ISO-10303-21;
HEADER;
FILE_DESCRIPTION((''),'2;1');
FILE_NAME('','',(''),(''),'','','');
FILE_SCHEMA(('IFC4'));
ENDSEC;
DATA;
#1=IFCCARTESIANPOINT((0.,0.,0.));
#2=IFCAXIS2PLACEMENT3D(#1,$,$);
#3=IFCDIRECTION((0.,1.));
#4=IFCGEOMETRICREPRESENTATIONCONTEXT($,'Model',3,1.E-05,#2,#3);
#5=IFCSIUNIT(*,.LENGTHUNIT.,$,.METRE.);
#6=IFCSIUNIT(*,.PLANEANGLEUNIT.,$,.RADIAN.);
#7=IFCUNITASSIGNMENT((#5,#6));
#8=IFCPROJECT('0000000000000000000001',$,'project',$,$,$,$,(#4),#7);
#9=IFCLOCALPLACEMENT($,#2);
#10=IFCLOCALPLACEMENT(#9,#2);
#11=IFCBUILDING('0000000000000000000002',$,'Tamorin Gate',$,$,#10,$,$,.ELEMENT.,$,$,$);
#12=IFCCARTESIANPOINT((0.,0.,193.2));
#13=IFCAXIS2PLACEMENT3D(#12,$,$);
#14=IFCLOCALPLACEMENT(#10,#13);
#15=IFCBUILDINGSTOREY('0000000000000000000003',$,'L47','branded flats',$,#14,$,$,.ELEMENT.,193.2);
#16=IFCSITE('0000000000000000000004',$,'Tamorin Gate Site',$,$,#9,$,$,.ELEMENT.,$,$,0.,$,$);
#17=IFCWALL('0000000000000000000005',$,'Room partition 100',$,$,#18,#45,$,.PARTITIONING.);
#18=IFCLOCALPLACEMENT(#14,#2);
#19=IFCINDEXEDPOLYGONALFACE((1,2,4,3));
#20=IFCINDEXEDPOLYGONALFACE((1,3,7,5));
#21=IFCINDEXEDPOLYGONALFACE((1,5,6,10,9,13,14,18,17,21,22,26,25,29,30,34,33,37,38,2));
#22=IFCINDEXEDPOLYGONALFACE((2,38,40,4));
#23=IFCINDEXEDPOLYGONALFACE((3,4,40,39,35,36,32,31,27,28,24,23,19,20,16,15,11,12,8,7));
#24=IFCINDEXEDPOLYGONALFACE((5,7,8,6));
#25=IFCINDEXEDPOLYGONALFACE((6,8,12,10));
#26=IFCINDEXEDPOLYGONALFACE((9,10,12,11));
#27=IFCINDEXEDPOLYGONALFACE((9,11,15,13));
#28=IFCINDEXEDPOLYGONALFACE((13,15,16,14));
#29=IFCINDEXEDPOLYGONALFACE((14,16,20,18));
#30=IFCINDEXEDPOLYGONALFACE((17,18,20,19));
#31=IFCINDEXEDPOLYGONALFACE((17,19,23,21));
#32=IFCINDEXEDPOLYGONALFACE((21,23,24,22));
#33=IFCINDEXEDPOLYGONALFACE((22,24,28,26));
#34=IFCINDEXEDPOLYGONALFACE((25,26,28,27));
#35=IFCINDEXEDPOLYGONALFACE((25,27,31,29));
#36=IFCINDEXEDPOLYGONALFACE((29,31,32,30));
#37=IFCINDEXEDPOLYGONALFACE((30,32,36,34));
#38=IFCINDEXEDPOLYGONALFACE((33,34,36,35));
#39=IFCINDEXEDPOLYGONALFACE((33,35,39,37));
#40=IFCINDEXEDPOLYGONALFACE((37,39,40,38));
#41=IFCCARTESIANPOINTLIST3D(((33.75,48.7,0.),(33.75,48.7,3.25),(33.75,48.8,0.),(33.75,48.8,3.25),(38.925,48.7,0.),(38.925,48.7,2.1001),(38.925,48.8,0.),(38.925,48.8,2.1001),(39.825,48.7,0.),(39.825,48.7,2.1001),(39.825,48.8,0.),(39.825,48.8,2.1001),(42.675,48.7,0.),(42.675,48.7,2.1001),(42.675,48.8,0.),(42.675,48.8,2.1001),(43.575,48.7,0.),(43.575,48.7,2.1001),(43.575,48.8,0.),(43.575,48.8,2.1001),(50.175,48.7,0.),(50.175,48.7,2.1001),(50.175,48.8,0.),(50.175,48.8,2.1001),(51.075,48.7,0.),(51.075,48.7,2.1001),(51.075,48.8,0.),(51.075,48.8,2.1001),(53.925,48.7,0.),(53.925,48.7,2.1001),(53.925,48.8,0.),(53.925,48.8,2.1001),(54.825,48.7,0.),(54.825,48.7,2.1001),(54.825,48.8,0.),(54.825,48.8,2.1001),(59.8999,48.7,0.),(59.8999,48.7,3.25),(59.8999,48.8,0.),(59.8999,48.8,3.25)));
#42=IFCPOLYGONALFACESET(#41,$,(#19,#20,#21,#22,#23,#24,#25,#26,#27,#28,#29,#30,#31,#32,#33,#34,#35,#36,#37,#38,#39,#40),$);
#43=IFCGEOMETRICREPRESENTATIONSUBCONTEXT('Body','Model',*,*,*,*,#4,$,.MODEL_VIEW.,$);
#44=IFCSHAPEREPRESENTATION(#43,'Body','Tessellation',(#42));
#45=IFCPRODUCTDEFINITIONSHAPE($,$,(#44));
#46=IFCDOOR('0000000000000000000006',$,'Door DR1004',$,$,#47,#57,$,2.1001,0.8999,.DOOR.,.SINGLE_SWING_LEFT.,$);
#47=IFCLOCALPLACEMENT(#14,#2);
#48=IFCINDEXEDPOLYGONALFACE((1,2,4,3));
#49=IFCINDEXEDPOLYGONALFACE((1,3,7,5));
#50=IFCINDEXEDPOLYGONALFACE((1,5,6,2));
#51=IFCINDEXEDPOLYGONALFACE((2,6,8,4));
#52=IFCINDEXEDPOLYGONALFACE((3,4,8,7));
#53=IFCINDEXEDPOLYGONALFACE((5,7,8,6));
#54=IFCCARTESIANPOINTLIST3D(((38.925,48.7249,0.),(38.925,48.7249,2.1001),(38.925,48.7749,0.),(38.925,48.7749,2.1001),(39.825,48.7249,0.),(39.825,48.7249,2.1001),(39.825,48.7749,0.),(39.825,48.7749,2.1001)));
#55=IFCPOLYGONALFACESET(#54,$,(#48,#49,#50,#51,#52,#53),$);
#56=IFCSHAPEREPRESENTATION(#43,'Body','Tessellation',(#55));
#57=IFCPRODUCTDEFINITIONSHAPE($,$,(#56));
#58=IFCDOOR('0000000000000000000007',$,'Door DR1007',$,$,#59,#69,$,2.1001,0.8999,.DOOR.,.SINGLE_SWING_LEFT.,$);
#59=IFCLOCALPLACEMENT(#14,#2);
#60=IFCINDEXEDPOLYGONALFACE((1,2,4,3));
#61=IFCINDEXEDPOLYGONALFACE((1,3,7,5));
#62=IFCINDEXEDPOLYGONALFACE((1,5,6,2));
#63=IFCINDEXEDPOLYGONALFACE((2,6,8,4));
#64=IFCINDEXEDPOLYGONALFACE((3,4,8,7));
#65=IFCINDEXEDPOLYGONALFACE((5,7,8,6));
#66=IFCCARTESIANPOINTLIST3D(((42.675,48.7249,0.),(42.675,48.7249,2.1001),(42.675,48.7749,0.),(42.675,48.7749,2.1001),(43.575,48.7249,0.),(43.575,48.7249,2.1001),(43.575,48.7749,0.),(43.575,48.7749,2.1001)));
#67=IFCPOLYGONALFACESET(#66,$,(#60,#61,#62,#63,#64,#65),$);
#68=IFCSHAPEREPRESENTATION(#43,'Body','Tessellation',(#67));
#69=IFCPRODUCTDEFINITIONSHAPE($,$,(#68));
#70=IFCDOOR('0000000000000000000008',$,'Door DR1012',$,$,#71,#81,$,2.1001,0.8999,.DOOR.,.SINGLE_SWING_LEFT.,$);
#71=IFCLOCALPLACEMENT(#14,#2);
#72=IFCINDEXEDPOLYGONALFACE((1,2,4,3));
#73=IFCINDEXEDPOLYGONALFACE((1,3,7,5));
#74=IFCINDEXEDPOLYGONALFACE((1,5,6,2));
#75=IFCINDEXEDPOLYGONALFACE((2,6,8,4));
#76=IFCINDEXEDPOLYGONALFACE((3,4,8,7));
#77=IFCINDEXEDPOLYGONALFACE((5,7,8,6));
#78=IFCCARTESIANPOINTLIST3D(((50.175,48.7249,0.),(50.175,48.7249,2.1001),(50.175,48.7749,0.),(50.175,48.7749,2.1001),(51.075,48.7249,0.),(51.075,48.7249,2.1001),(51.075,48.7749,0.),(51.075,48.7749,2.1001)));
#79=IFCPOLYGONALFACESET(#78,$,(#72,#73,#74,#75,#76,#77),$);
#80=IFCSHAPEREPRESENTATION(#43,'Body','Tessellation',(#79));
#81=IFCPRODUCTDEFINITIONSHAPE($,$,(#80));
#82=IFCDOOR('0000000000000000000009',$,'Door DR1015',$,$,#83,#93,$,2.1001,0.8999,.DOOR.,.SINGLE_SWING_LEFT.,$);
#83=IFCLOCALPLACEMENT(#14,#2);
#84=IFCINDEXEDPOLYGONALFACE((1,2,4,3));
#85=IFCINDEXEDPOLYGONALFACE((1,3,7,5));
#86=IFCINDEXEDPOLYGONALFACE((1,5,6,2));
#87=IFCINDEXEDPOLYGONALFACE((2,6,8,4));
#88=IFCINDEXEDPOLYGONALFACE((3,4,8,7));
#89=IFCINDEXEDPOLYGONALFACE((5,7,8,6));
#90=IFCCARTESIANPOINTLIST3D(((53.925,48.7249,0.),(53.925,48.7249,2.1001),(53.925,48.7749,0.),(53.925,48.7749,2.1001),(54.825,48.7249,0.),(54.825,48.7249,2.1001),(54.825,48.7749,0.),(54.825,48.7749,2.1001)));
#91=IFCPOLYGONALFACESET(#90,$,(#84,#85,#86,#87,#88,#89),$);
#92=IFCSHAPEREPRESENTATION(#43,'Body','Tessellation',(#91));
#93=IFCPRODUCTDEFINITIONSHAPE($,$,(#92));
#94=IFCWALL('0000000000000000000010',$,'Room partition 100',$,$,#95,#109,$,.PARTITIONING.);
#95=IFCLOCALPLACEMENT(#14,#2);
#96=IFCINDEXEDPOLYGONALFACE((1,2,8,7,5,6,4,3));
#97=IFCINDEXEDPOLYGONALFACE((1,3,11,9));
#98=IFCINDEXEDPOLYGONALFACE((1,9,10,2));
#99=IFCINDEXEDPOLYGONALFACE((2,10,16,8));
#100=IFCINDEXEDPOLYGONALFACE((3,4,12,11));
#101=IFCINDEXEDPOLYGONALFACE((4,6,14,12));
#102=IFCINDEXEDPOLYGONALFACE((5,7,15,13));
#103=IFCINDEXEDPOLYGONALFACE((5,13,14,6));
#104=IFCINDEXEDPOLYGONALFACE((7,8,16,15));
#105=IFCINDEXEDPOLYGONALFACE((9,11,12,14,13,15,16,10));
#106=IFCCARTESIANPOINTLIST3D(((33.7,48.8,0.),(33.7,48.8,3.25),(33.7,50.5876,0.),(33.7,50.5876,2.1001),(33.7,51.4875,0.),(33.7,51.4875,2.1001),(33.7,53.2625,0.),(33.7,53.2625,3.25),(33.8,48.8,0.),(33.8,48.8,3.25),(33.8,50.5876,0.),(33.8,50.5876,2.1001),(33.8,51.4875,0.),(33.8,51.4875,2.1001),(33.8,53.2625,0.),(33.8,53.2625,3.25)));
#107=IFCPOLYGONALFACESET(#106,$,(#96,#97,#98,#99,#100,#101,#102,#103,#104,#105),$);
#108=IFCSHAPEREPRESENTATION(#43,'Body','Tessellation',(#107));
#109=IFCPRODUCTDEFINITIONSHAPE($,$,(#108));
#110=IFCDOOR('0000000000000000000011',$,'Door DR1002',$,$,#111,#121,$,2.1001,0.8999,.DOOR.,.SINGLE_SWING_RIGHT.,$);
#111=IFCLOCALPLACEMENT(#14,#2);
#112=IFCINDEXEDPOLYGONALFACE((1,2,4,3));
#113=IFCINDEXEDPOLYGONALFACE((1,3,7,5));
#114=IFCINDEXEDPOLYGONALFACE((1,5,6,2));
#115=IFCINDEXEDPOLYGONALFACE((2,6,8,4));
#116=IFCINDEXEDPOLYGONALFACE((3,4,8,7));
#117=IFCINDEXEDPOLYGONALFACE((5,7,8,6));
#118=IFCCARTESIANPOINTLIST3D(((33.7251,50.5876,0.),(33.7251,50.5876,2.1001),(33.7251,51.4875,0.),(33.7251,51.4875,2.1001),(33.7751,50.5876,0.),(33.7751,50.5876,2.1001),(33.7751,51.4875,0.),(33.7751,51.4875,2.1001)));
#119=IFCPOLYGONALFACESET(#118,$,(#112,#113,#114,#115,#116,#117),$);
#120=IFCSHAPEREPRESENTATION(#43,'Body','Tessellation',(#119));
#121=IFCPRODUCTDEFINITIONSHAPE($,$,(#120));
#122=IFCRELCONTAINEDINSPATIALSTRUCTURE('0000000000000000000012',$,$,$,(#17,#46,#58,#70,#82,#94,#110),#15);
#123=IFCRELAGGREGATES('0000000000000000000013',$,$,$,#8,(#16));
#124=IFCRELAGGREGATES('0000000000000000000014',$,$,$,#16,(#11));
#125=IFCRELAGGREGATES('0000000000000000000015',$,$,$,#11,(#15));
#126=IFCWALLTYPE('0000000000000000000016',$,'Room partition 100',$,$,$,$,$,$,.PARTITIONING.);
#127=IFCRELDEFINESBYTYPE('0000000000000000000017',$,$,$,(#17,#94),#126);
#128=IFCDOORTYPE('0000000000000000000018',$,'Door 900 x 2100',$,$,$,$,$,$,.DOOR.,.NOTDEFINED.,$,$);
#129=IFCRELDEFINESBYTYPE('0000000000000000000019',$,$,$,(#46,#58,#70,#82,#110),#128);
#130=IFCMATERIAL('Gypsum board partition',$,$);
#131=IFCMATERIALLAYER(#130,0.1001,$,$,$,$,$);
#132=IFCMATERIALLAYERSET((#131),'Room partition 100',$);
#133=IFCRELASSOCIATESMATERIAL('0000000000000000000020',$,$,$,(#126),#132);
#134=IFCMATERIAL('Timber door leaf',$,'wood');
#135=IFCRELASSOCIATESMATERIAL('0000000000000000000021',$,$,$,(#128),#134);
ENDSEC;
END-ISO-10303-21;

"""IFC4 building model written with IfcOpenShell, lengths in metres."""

from ifc_helpers import new_model, si_unit, direction, frame, frame_2d, origin, place, context, subcontext, project, spatial, rectangle, extrude, material, layer, layer_set, type_object, element, fill, save


model = new_model("IFC4")

# Units and contexts
model_context = context("Model", 3, precision=1e-05, world=origin(), true_north=direction((0.0, 1.0)))
body_context = subcontext(model_context, "Body", "Model", "MODEL_VIEW")
ifc_project = project(units=[si_unit("LENGTHUNIT", "METRE"), si_unit("PLANEANGLEUNIT", "RADIAN")], contexts=[model_context])

# Site, building, storey
site_placement = place(None, origin())
site = spatial("IfcSite", under=ifc_project, at=site_placement, Name="Tamorin Gate Site", CompositionType="ELEMENT", RefElevation=0.0)
building_placement = place(site_placement, origin())
building = spatial("IfcBuilding", under=site, at=building_placement, Name="Tamorin Gate", CompositionType="ELEMENT")
storey_placement = place(building_placement, frame((0.0, 0.0, 193.2)))
storey = spatial("IfcBuildingStorey", under=building, at=storey_placement, Name="L47", Description="branded flats", CompositionType="ELEMENT", Elevation=193.2)

# Wall, openings, doors
ifc_material_1 = material(Name="Gypsum board partition")
ifc_layer_1 = layer(ifc_material_1, 0.1001)
ifc_layer_set_1 = layer_set([ifc_layer_1], Name="Room partition 100")
wall_type_1 = type_object("IfcWallType", Name="Room partition 100", PredefinedType="PARTITIONING", material=ifc_layer_set_1)
wall_1_placement = place(storey_placement, frame((33.75, 48.75, 0.0), z_axis=(0.0, 0.0, 1.0), x_axis=(1.0, 0.0, 0.0)))
wall_1 = element("IfcWall", 1, at=wall_1_placement, inside=storey, type_object=wall_type_1, Name="Room partition 100", PredefinedType="PARTITIONING", context=body_context, shape_type="SweptSolid", body=[
    extrude(rectangle(XDim=26.1499, YDim=0.1001, at=frame_2d((13.075, 0.0))), origin(), (0.0, 0.0, 1.0), 3.25),
])
opening_1_placement = place(wall_1_placement, frame((5.175, 0.0, 0.0)))
opening_1 = element("IfcOpeningElement", 2, at=opening_1_placement, cuts=wall_1, PredefinedType="OPENING", context=body_context, shape_type="SweptSolid", body=[
    extrude(rectangle(XDim=0.8999, YDim=2.1001, at=frame_2d((0.45, 1.05))), frame((0.0, 0.0601, 0.0), z_axis=(0.0, -1.0, 0.0), x_axis=(1.0, 0.0, 0.0)), (0.0, 0.0, 1.0), 0.1201),
])
opening_2_placement = place(wall_1_placement, frame((8.925, 0.0, 0.0)))
opening_2 = element("IfcOpeningElement", 3, at=opening_2_placement, cuts=wall_1, PredefinedType="OPENING", context=body_context, shape_type="SweptSolid", body=[
    extrude(rectangle(XDim=0.8999, YDim=2.1001, at=frame_2d((0.45, 1.05))), frame((0.0, 0.0601, 0.0), z_axis=(0.0, -1.0, 0.0), x_axis=(1.0, 0.0, 0.0)), (0.0, 0.0, 1.0), 0.1201),
])
opening_3_placement = place(wall_1_placement, frame((16.425, 0.0, 0.0)))
opening_3 = element("IfcOpeningElement", 4, at=opening_3_placement, cuts=wall_1, PredefinedType="OPENING", context=body_context, shape_type="SweptSolid", body=[
    extrude(rectangle(XDim=0.8999, YDim=2.1001, at=frame_2d((0.45, 1.05))), frame((0.0, 0.0601, 0.0), z_axis=(0.0, -1.0, 0.0), x_axis=(1.0, 0.0, 0.0)), (0.0, 0.0, 1.0), 0.1201),
])
opening_4_placement = place(wall_1_placement, frame((20.175, 0.0, 0.0)))
opening_4 = element("IfcOpeningElement", 5, at=opening_4_placement, cuts=wall_1, PredefinedType="OPENING", context=body_context, shape_type="SweptSolid", body=[
    extrude(rectangle(XDim=0.8999, YDim=2.1001, at=frame_2d((0.45, 1.05))), frame((0.0, 0.0601, 0.0), z_axis=(0.0, -1.0, 0.0), x_axis=(1.0, 0.0, 0.0)), (0.0, 0.0, 1.0), 0.1201),
])
ifc_material_2 = material(Name="Timber door leaf", Category="wood")
door_type = type_object("IfcDoorType", Name="Door 900 x 2100", OperationType="NOTDEFINED", PredefinedType="DOOR", material=ifc_material_2)
door_1_placement = place(opening_1_placement, origin())
door_1 = element("IfcDoor", 6, at=door_1_placement, inside=storey, type_object=door_type, Name="Door DR1004", OperationType="SINGLE_SWING_LEFT", OverallHeight=2.1001, OverallWidth=0.8999, PredefinedType="DOOR", context=body_context, shape_type="SweptSolid", body=[
    extrude(rectangle(XDim=0.8999, YDim=2.1001, at=frame_2d((0.45, 1.05))), frame((0.0, 0.0249, 0.0), z_axis=(0.0, -1.0, 0.0), x_axis=(1.0, 0.0, 0.0)), (0.0, 0.0, 1.0), 0.05),
])
fill(opening_1, door_1)
door_2_placement = place(opening_2_placement, origin())
door_2 = element("IfcDoor", 7, at=door_2_placement, inside=storey, type_object=door_type, Name="Door DR1007", OperationType="SINGLE_SWING_LEFT", OverallHeight=2.1001, OverallWidth=0.8999, PredefinedType="DOOR", context=body_context, shape_type="SweptSolid", body=[
    extrude(rectangle(XDim=0.8999, YDim=2.1001, at=frame_2d((0.45, 1.05))), frame((0.0, 0.0249, 0.0), z_axis=(0.0, -1.0, 0.0), x_axis=(1.0, 0.0, 0.0)), (0.0, 0.0, 1.0), 0.05),
])
fill(opening_2, door_2)
door_3_placement = place(opening_3_placement, origin())
door_3 = element("IfcDoor", 8, at=door_3_placement, inside=storey, type_object=door_type, Name="Door DR1012", OperationType="SINGLE_SWING_LEFT", OverallHeight=2.1001, OverallWidth=0.8999, PredefinedType="DOOR", context=body_context, shape_type="SweptSolid", body=[
    extrude(rectangle(XDim=0.8999, YDim=2.1001, at=frame_2d((0.45, 1.05))), frame((0.0, 0.0249, 0.0), z_axis=(0.0, -1.0, 0.0), x_axis=(1.0, 0.0, 0.0)), (0.0, 0.0, 1.0), 0.05),
])
fill(opening_3, door_3)
door_4_placement = place(opening_4_placement, origin())
door_4 = element("IfcDoor", 9, at=door_4_placement, inside=storey, type_object=door_type, Name="Door DR1015", OperationType="SINGLE_SWING_LEFT", OverallHeight=2.1001, OverallWidth=0.8999, PredefinedType="DOOR", context=body_context, shape_type="SweptSolid", body=[
    extrude(rectangle(XDim=0.8999, YDim=2.1001, at=frame_2d((0.45, 1.05))), frame((0.0, 0.0249, 0.0), z_axis=(0.0, -1.0, 0.0), x_axis=(1.0, 0.0, 0.0)), (0.0, 0.0, 1.0), 0.05),
])
fill(opening_4, door_4)

# Wall, opening, door
wall_2_placement = place(storey_placement, frame((33.75, 48.8, 0.0), z_axis=(0.0, 0.0, 1.0), x_axis=(0.0, 1.0, 0.0)))
wall_2 = element("IfcWall", 10, at=wall_2_placement, inside=storey, type_object=wall_type_1, Name="Room partition 100", PredefinedType="PARTITIONING", context=body_context, shape_type="SweptSolid", body=[
    extrude(rectangle(XDim=4.4624, YDim=0.1001, at=frame_2d((2.2312, 0.0))), origin(), (0.0, 0.0, 1.0), 3.25),
])
opening_5_placement = place(wall_2_placement, frame((1.7876, 0.0, 0.0)))
opening_5 = element("IfcOpeningElement", 11, at=opening_5_placement, cuts=wall_2, PredefinedType="OPENING", context=body_context, shape_type="SweptSolid", body=[
    extrude(rectangle(XDim=0.8999, YDim=2.1001, at=frame_2d((0.45, 1.05))), frame((0.0, 0.0601, 0.0), z_axis=(0.0, -1.0, 0.0), x_axis=(1.0, 0.0, 0.0)), (0.0, 0.0, 1.0), 0.1201),
])
door_5_placement = place(opening_5_placement, origin())
door_5 = element("IfcDoor", 12, at=door_5_placement, inside=storey, type_object=door_type, Name="Door DR1002", OperationType="SINGLE_SWING_RIGHT", OverallHeight=2.1001, OverallWidth=0.8999, PredefinedType="DOOR", context=body_context, shape_type="SweptSolid", body=[
    extrude(rectangle(XDim=0.8999, YDim=2.1001, at=frame_2d((0.45, 1.05))), frame((0.0, 0.0249, 0.0), z_axis=(0.0, -1.0, 0.0), x_axis=(1.0, 0.0, 0.0)), (0.0, 0.0, 1.0), 0.05),
])
fill(opening_5, door_5)

save(model, "model.ifc")
